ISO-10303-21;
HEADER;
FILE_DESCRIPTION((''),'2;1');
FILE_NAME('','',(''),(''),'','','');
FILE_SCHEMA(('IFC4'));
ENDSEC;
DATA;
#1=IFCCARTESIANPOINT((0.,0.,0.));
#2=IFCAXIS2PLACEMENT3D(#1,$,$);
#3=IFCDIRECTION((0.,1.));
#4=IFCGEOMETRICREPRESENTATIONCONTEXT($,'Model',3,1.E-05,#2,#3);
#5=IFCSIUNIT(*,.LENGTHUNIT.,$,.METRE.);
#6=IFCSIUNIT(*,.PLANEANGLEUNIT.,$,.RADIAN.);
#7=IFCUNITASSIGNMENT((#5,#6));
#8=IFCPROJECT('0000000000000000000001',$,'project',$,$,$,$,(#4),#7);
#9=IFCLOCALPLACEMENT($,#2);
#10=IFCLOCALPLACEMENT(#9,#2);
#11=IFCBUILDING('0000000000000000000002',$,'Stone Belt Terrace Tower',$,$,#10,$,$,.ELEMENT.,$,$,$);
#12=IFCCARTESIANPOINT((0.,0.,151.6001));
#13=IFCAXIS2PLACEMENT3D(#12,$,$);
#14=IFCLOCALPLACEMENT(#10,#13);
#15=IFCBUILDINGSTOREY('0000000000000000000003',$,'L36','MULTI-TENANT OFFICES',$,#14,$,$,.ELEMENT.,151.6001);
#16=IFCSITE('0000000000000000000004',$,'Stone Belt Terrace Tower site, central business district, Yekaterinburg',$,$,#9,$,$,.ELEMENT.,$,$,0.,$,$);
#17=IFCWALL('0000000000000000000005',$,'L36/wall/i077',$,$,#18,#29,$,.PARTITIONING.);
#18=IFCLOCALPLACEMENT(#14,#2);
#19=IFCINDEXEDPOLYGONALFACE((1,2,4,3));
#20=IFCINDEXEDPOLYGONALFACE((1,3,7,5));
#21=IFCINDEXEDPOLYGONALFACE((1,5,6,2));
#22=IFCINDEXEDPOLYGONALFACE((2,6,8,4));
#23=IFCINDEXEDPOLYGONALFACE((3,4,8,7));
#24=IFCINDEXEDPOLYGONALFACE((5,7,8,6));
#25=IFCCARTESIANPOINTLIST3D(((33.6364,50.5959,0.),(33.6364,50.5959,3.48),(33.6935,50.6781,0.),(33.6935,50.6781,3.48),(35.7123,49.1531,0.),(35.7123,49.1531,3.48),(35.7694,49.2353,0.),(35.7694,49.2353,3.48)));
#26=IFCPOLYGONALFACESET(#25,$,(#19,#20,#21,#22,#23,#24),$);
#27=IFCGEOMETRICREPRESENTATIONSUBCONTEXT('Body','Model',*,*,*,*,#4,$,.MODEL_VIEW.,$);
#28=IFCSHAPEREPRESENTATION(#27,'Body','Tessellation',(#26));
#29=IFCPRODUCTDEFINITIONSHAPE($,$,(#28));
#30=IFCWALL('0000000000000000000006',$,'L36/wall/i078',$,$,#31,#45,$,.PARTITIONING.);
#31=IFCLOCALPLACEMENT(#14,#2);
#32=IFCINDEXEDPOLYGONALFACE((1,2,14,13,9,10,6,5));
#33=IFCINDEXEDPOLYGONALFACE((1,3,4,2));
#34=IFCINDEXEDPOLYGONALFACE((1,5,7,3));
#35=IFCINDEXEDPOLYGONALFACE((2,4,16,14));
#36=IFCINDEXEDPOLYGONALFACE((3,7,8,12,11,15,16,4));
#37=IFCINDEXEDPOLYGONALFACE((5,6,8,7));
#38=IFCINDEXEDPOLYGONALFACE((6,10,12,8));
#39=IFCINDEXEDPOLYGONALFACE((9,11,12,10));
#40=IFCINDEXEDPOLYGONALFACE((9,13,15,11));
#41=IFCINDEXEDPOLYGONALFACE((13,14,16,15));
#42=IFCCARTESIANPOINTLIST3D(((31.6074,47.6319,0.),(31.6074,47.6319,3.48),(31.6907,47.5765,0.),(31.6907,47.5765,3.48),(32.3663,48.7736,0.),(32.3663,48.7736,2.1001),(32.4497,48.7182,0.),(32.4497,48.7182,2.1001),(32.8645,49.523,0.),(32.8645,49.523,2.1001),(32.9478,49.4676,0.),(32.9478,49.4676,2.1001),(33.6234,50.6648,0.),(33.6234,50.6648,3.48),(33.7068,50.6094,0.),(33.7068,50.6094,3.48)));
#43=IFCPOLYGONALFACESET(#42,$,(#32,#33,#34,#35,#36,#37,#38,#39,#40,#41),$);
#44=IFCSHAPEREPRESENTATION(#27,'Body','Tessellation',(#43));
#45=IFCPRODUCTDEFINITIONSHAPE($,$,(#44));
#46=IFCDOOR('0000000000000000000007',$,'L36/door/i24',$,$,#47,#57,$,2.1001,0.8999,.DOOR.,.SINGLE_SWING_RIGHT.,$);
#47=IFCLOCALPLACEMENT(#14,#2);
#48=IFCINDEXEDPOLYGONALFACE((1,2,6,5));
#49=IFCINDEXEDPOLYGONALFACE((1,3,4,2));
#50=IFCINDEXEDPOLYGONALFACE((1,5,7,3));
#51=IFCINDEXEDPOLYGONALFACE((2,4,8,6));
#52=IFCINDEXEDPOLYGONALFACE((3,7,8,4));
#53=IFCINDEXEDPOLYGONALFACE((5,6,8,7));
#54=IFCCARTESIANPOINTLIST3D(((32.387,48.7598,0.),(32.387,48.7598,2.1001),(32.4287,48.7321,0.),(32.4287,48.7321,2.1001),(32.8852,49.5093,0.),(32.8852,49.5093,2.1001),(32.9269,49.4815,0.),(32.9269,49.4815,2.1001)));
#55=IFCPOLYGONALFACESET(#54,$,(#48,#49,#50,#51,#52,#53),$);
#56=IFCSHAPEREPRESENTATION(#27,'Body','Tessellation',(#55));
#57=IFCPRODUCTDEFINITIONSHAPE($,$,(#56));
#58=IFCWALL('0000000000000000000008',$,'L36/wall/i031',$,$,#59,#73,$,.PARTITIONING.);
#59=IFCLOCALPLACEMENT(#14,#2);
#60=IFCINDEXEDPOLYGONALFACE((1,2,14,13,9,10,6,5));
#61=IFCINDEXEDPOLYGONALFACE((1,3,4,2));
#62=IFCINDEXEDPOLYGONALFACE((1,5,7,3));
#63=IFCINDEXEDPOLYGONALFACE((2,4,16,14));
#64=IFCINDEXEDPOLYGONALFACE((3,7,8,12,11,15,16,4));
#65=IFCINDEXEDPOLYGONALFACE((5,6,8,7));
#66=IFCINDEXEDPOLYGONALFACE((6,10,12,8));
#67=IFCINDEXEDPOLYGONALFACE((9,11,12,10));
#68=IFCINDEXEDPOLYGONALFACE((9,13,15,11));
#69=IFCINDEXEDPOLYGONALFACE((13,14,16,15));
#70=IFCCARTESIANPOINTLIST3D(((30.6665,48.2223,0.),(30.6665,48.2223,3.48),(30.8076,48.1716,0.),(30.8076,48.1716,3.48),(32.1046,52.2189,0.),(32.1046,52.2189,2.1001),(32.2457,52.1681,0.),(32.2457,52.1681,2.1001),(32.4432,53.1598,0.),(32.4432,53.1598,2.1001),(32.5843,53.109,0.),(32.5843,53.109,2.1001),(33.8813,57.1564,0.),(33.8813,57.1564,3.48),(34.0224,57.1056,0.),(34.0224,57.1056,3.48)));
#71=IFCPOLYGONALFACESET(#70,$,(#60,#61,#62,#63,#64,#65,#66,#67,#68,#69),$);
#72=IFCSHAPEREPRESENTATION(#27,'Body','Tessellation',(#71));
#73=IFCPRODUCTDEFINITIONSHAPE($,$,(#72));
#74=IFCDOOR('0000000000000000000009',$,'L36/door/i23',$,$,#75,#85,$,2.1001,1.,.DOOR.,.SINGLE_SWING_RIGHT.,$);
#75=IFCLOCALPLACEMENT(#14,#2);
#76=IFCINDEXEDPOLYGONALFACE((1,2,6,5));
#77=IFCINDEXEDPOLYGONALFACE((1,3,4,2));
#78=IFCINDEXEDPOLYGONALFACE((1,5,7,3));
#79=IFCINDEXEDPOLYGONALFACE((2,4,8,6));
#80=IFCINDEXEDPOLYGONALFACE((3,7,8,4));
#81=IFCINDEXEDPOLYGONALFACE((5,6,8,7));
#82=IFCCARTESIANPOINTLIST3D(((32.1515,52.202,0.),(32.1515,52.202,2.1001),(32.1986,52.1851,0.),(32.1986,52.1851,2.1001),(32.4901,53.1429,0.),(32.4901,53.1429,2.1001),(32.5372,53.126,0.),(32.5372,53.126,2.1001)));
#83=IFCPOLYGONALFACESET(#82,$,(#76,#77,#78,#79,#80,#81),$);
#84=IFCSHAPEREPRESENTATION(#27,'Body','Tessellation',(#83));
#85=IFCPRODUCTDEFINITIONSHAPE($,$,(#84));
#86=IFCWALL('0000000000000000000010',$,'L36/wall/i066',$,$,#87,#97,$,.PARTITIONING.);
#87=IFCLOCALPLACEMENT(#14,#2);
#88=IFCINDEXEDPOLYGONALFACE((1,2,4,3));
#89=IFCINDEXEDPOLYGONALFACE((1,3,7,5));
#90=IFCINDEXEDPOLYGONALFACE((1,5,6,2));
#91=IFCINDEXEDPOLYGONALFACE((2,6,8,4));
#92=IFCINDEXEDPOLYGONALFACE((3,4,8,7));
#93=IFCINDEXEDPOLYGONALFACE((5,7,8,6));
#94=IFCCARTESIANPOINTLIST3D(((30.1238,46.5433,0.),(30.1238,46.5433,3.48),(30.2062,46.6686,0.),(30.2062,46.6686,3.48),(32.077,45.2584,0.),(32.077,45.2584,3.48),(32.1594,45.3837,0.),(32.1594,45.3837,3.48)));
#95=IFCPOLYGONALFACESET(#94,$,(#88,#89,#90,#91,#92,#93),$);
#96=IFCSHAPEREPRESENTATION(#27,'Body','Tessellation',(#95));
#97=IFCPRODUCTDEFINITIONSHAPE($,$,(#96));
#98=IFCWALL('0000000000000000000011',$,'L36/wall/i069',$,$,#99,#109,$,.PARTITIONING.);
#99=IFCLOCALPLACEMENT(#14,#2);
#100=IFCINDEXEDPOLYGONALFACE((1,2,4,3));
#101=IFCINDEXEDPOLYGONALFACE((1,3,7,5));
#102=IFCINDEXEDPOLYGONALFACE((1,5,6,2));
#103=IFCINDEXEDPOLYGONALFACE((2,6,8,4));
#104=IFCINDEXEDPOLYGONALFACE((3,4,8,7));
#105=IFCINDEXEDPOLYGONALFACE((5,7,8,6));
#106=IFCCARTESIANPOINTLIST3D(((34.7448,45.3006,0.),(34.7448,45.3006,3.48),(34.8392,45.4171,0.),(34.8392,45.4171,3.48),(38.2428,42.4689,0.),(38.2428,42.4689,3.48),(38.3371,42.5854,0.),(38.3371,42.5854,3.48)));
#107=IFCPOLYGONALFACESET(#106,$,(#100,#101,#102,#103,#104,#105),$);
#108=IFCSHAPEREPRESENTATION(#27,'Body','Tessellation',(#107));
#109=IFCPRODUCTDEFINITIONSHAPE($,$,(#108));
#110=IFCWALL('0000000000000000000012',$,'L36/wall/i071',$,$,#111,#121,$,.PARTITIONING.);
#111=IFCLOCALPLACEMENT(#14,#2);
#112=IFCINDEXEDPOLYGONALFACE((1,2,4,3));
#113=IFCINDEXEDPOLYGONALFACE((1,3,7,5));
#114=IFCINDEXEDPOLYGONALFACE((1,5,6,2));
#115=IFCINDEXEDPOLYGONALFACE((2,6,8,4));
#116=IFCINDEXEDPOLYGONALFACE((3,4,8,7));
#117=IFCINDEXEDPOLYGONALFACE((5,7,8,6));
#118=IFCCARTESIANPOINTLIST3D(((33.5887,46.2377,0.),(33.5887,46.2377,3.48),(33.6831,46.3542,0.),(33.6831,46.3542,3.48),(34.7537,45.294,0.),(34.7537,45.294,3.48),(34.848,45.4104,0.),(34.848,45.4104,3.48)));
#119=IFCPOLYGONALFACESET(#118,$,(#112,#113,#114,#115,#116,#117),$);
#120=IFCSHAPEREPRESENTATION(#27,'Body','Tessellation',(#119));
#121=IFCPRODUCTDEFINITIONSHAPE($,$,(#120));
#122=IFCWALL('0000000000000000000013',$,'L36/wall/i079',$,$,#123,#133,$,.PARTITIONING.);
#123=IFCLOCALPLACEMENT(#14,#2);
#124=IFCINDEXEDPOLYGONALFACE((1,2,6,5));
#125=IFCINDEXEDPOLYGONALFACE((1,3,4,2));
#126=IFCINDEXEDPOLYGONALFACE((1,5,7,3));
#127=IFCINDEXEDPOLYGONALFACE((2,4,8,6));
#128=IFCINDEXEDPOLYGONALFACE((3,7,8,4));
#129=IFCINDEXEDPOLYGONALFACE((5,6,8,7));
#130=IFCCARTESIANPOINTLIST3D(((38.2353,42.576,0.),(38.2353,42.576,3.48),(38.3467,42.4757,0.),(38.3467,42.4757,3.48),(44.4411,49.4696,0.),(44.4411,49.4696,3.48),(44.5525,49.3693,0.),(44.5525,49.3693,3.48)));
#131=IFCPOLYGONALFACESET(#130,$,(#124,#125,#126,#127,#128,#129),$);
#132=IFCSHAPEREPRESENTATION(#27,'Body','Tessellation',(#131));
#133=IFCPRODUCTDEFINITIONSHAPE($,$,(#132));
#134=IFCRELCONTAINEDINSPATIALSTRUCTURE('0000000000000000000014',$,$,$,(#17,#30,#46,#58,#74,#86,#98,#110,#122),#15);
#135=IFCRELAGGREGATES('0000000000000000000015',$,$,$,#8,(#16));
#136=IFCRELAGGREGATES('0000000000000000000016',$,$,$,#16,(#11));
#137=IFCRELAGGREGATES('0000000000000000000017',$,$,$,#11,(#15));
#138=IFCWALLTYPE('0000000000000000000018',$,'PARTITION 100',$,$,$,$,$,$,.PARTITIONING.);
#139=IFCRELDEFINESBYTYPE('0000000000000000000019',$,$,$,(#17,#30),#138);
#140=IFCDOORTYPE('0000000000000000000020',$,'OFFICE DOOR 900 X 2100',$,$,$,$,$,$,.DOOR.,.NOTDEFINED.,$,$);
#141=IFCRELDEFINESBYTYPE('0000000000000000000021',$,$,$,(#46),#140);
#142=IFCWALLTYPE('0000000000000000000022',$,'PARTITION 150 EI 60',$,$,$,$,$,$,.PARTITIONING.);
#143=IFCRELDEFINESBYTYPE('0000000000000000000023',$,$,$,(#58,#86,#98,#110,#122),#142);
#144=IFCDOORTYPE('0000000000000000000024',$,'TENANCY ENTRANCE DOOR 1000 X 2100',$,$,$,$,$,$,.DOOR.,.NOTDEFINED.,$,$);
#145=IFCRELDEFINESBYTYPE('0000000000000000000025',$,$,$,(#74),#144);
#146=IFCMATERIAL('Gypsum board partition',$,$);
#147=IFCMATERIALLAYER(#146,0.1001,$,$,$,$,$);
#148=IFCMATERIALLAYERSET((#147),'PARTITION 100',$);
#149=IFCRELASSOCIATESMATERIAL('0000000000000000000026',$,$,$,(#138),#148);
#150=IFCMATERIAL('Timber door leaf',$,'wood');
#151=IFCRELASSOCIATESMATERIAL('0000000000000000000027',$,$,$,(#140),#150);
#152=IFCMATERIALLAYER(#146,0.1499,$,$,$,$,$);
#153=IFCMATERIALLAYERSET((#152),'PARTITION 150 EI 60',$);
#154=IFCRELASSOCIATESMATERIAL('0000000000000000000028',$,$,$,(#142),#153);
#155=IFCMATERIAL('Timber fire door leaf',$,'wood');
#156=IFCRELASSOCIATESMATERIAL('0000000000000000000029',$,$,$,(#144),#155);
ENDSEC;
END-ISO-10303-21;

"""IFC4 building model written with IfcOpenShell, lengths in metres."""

from ifc_helpers import new_model, si_unit, direction, frame, frame_2d, origin, place, context, subcontext, project, spatial, rectangle, extrude, material, layer, layer_set, type_object, element, fill, save


model = new_model("IFC4")

# Units and contexts
model_context = context("Model", 3, precision=1e-05, world=origin(), true_north=direction((0.0, 1.0)))
body_context = subcontext(model_context, "Body", "Model", "MODEL_VIEW")
ifc_project = project(units=[si_unit("LENGTHUNIT", "METRE"), si_unit("PLANEANGLEUNIT", "RADIAN")], contexts=[model_context])

# Site, building, storey
site_placement = place(None, origin())
site = spatial("IfcSite", under=ifc_project, at=site_placement, Name="Stone Belt Terrace Tower site, central business district, Yekaterinburg", CompositionType="ELEMENT", RefElevation=0.0)
building_placement = place(site_placement, origin())
building = spatial("IfcBuilding", under=site, at=building_placement, Name="Stone Belt Terrace Tower", CompositionType="ELEMENT")
storey_placement = place(building_placement, frame((0.0, 0.0, 151.6001)))
storey = spatial("IfcBuildingStorey", under=building, at=storey_placement, Name="L36", Description="MULTI-TENANT OFFICES", CompositionType="ELEMENT", Elevation=151.6001)

# Wall
ifc_material_1 = material(Name="Gypsum board partition")
ifc_layer_1 = layer(ifc_material_1, 0.1001)
ifc_layer_set_1 = layer_set([ifc_layer_1], Name="PARTITION 100")
wall_type_1 = type_object("IfcWallType", Name="PARTITION 100", PredefinedType="PARTITIONING", material=ifc_layer_set_1)
wall_1_placement = place(storey_placement, frame((35.741, 49.1941, 0.0), z_axis=(0.0, 0.0, 1.0), x_axis=(-0.821137, 0.570731, 0.0)))
element("IfcWall", 1, at=wall_1_placement, inside=storey, type_object=wall_type_1, Name="L36/wall/i077", PredefinedType="PARTITIONING", context=body_context, shape_type="SweptSolid", body=[
    extrude(rectangle(XDim=2.5281, YDim=0.1001, at=frame_2d((1.2642, 0.0))), origin(), (0.0, 0.0, 1.0), 3.48),
])

# Walls, openings, doors
wall_2_placement = place(storey_placement, frame((33.665, 50.637, 0.0), z_axis=(0.0, 0.0, 1.0), x_axis=(-0.553586, -0.832792, 0.0)))
wall_2 = element("IfcWall", 2, at=wall_2_placement, inside=storey, type_object=wall_type_1, Name="L36/wall/i078", PredefinedType="PARTITIONING", context=body_context, shape_type="SweptSolid", body=[
    extrude(rectangle(XDim=3.6418, YDim=0.1001, at=frame_2d((1.8208, 0.0))), origin(), (0.0, 0.0, 1.0), 3.48),
])
opening_1_placement = place(wall_2_placement, frame((1.3708, 0.0, 0.0)))
opening_1 = element("IfcOpeningElement", 3, at=opening_1_placement, cuts=wall_2, PredefinedType="OPENING", context=body_context, shape_type="SweptSolid", body=[
    extrude(rectangle(XDim=0.8999, YDim=2.1001, at=frame_2d((0.45, 1.05))), frame((0.0, 0.0601, 0.0), z_axis=(0.0, -1.0, 0.0), x_axis=(1.0, 0.0, 0.0)), (0.0, 0.0, 1.0), 0.1201),
])
ifc_material_2 = material(Name="Timber door leaf", Category="wood")
door_type_1 = type_object("IfcDoorType", Name="OFFICE DOOR 900 X 2100", OperationType="NOTDEFINED", PredefinedType="DOOR", material=ifc_material_2)
door_1_placement = place(opening_1_placement, origin())
door_1 = element("IfcDoor", 4, at=door_1_placement, inside=storey, type_object=door_type_1, Name="L36/door/i24", OperationType="SINGLE_SWING_RIGHT", OverallHeight=2.1001, OverallWidth=0.8999, PredefinedType="DOOR", context=body_context, shape_type="SweptSolid", body=[
    extrude(rectangle(XDim=0.8999, YDim=2.1001, at=frame_2d((0.45, 1.05))), frame((0.0, 0.0249, 0.0), z_axis=(0.0, -1.0, 0.0), x_axis=(1.0, 0.0, 0.0)), (0.0, 0.0, 1.0), 0.05),
])
fill(opening_1, door_1)
ifc_layer_2 = layer(ifc_material_1, 0.1499)
ifc_layer_set_2 = layer_set([ifc_layer_2], Name="PARTITION 150 EI 60")
wall_type_2 = type_object("IfcWallType", Name="PARTITION 150 EI 60", PredefinedType="PARTITIONING", material=ifc_layer_set_2)
wall_3_placement = place(storey_placement, frame((33.9519, 57.1311, 0.0), z_axis=(0.0, 0.0, 1.0), x_axis=(-0.338587, -0.940935, 0.0)))
wall_3 = element("IfcWall", 5, at=wall_3_placement, inside=storey, type_object=wall_type_2, Name="L36/wall/i031", PredefinedType="PARTITIONING", context=body_context, shape_type="SweptSolid", body=[
    extrude(rectangle(XDim=9.4949, YDim=0.1499, at=frame_2d((4.7476, 0.0))), origin(), (0.0, 0.0, 1.0), 3.48),
])
opening_2_placement = place(wall_3_placement, frame((4.2476, 0.0, 0.0)))
opening_2 = element("IfcOpeningElement", 6, at=opening_2_placement, cuts=wall_3, PredefinedType="OPENING", context=body_context, shape_type="SweptSolid", body=[
    extrude(rectangle(XDim=1.0, YDim=2.1001, at=frame_2d((0.5, 1.05))), frame((0.0, 0.085, 0.0), z_axis=(0.0, -1.0, 0.0), x_axis=(1.0, 0.0, 0.0)), (0.0, 0.0, 1.0), 0.1699),
])
ifc_material_3 = material(Name="Timber fire door leaf", Category="wood")
door_type_2 = type_object("IfcDoorType", Name="TENANCY ENTRANCE DOOR 1000 X 2100", OperationType="NOTDEFINED", PredefinedType="DOOR", material=ifc_material_3)
door_2_placement = place(opening_2_placement, origin())
door_2 = element("IfcDoor", 7, at=door_2_placement, inside=storey, type_object=door_type_2, Name="L36/door/i23", OperationType="SINGLE_SWING_RIGHT", OverallHeight=2.1001, OverallWidth=1.0, PredefinedType="DOOR", context=body_context, shape_type="SweptSolid", body=[
    extrude(rectangle(XDim=1.0, YDim=2.1001, at=frame_2d((0.5, 1.05))), frame((0.0, 0.0249, 0.0), z_axis=(0.0, -1.0, 0.0), x_axis=(1.0, 0.0, 0.0)), (0.0, 0.0, 1.0), 0.05),
])
fill(opening_2, door_2)

# Walls
wall_4_placement = place(storey_placement, frame((32.1182, 45.321, 0.0), z_axis=(0.0, 0.0, 1.0), x_axis=(-0.835425, 0.549605, 0.0)))
element("IfcWall", 8, at=wall_4_placement, inside=storey, type_object=wall_type_2, Name="L36/wall/i066", PredefinedType="PARTITIONING", context=body_context, shape_type="SweptSolid", body=[
    extrude(rectangle(XDim=2.3379, YDim=0.1499, at=frame_2d((1.1689, 0.0))), origin(), (0.0, 0.0, 1.0), 3.48),
])
wall_5_placement = place(storey_placement, frame((34.792, 45.3589, 0.0), z_axis=(0.0, 0.0, 1.0), x_axis=(0.777241, -0.629203, 0.0)))
element("IfcWall", 9, at=wall_5_placement, inside=storey, type_object=wall_type_2, Name="L36/wall/i069", PredefinedType="PARTITIONING", context=body_context, shape_type="SweptSolid", body=[
    extrude(rectangle(XDim=4.5005, YDim=0.1499, at=frame_2d((2.2502, 0.0))), origin(), (0.0, 0.0, 1.0), 3.48),
])
wall_6_placement = place(storey_placement, frame((33.636, 46.2959, 0.0), z_axis=(0.0, 0.0, 1.0), x_axis=(0.77701, -0.629489, 0.0)))
element("IfcWall", 10, at=wall_6_placement, inside=storey, type_object=wall_type_2, Name="L36/wall/i071", PredefinedType="PARTITIONING", context=body_context, shape_type="SweptSolid", body=[
    extrude(rectangle(XDim=1.4993, YDim=0.1499, at=frame_2d((0.7495, 0.0))), origin(), (0.0, 0.0, 1.0), 3.48),
])
wall_7_placement = place(storey_placement, frame((44.4968, 49.4194, 0.0), z_axis=(0.0, 0.0, 1.0), x_axis=(-0.669061, -0.743208, 0.0)))
element("IfcWall", 11, at=wall_7_placement, inside=storey, type_object=wall_type_2, Name="L36/wall/i079", PredefinedType="PARTITIONING", context=body_context, shape_type="SweptSolid", body=[
    extrude(rectangle(XDim=9.2754, YDim=0.1499, at=frame_2d((4.6377, 0.0))), origin(), (0.0, 0.0, 1.0), 3.48),
])

save(model, "model.ifc")
